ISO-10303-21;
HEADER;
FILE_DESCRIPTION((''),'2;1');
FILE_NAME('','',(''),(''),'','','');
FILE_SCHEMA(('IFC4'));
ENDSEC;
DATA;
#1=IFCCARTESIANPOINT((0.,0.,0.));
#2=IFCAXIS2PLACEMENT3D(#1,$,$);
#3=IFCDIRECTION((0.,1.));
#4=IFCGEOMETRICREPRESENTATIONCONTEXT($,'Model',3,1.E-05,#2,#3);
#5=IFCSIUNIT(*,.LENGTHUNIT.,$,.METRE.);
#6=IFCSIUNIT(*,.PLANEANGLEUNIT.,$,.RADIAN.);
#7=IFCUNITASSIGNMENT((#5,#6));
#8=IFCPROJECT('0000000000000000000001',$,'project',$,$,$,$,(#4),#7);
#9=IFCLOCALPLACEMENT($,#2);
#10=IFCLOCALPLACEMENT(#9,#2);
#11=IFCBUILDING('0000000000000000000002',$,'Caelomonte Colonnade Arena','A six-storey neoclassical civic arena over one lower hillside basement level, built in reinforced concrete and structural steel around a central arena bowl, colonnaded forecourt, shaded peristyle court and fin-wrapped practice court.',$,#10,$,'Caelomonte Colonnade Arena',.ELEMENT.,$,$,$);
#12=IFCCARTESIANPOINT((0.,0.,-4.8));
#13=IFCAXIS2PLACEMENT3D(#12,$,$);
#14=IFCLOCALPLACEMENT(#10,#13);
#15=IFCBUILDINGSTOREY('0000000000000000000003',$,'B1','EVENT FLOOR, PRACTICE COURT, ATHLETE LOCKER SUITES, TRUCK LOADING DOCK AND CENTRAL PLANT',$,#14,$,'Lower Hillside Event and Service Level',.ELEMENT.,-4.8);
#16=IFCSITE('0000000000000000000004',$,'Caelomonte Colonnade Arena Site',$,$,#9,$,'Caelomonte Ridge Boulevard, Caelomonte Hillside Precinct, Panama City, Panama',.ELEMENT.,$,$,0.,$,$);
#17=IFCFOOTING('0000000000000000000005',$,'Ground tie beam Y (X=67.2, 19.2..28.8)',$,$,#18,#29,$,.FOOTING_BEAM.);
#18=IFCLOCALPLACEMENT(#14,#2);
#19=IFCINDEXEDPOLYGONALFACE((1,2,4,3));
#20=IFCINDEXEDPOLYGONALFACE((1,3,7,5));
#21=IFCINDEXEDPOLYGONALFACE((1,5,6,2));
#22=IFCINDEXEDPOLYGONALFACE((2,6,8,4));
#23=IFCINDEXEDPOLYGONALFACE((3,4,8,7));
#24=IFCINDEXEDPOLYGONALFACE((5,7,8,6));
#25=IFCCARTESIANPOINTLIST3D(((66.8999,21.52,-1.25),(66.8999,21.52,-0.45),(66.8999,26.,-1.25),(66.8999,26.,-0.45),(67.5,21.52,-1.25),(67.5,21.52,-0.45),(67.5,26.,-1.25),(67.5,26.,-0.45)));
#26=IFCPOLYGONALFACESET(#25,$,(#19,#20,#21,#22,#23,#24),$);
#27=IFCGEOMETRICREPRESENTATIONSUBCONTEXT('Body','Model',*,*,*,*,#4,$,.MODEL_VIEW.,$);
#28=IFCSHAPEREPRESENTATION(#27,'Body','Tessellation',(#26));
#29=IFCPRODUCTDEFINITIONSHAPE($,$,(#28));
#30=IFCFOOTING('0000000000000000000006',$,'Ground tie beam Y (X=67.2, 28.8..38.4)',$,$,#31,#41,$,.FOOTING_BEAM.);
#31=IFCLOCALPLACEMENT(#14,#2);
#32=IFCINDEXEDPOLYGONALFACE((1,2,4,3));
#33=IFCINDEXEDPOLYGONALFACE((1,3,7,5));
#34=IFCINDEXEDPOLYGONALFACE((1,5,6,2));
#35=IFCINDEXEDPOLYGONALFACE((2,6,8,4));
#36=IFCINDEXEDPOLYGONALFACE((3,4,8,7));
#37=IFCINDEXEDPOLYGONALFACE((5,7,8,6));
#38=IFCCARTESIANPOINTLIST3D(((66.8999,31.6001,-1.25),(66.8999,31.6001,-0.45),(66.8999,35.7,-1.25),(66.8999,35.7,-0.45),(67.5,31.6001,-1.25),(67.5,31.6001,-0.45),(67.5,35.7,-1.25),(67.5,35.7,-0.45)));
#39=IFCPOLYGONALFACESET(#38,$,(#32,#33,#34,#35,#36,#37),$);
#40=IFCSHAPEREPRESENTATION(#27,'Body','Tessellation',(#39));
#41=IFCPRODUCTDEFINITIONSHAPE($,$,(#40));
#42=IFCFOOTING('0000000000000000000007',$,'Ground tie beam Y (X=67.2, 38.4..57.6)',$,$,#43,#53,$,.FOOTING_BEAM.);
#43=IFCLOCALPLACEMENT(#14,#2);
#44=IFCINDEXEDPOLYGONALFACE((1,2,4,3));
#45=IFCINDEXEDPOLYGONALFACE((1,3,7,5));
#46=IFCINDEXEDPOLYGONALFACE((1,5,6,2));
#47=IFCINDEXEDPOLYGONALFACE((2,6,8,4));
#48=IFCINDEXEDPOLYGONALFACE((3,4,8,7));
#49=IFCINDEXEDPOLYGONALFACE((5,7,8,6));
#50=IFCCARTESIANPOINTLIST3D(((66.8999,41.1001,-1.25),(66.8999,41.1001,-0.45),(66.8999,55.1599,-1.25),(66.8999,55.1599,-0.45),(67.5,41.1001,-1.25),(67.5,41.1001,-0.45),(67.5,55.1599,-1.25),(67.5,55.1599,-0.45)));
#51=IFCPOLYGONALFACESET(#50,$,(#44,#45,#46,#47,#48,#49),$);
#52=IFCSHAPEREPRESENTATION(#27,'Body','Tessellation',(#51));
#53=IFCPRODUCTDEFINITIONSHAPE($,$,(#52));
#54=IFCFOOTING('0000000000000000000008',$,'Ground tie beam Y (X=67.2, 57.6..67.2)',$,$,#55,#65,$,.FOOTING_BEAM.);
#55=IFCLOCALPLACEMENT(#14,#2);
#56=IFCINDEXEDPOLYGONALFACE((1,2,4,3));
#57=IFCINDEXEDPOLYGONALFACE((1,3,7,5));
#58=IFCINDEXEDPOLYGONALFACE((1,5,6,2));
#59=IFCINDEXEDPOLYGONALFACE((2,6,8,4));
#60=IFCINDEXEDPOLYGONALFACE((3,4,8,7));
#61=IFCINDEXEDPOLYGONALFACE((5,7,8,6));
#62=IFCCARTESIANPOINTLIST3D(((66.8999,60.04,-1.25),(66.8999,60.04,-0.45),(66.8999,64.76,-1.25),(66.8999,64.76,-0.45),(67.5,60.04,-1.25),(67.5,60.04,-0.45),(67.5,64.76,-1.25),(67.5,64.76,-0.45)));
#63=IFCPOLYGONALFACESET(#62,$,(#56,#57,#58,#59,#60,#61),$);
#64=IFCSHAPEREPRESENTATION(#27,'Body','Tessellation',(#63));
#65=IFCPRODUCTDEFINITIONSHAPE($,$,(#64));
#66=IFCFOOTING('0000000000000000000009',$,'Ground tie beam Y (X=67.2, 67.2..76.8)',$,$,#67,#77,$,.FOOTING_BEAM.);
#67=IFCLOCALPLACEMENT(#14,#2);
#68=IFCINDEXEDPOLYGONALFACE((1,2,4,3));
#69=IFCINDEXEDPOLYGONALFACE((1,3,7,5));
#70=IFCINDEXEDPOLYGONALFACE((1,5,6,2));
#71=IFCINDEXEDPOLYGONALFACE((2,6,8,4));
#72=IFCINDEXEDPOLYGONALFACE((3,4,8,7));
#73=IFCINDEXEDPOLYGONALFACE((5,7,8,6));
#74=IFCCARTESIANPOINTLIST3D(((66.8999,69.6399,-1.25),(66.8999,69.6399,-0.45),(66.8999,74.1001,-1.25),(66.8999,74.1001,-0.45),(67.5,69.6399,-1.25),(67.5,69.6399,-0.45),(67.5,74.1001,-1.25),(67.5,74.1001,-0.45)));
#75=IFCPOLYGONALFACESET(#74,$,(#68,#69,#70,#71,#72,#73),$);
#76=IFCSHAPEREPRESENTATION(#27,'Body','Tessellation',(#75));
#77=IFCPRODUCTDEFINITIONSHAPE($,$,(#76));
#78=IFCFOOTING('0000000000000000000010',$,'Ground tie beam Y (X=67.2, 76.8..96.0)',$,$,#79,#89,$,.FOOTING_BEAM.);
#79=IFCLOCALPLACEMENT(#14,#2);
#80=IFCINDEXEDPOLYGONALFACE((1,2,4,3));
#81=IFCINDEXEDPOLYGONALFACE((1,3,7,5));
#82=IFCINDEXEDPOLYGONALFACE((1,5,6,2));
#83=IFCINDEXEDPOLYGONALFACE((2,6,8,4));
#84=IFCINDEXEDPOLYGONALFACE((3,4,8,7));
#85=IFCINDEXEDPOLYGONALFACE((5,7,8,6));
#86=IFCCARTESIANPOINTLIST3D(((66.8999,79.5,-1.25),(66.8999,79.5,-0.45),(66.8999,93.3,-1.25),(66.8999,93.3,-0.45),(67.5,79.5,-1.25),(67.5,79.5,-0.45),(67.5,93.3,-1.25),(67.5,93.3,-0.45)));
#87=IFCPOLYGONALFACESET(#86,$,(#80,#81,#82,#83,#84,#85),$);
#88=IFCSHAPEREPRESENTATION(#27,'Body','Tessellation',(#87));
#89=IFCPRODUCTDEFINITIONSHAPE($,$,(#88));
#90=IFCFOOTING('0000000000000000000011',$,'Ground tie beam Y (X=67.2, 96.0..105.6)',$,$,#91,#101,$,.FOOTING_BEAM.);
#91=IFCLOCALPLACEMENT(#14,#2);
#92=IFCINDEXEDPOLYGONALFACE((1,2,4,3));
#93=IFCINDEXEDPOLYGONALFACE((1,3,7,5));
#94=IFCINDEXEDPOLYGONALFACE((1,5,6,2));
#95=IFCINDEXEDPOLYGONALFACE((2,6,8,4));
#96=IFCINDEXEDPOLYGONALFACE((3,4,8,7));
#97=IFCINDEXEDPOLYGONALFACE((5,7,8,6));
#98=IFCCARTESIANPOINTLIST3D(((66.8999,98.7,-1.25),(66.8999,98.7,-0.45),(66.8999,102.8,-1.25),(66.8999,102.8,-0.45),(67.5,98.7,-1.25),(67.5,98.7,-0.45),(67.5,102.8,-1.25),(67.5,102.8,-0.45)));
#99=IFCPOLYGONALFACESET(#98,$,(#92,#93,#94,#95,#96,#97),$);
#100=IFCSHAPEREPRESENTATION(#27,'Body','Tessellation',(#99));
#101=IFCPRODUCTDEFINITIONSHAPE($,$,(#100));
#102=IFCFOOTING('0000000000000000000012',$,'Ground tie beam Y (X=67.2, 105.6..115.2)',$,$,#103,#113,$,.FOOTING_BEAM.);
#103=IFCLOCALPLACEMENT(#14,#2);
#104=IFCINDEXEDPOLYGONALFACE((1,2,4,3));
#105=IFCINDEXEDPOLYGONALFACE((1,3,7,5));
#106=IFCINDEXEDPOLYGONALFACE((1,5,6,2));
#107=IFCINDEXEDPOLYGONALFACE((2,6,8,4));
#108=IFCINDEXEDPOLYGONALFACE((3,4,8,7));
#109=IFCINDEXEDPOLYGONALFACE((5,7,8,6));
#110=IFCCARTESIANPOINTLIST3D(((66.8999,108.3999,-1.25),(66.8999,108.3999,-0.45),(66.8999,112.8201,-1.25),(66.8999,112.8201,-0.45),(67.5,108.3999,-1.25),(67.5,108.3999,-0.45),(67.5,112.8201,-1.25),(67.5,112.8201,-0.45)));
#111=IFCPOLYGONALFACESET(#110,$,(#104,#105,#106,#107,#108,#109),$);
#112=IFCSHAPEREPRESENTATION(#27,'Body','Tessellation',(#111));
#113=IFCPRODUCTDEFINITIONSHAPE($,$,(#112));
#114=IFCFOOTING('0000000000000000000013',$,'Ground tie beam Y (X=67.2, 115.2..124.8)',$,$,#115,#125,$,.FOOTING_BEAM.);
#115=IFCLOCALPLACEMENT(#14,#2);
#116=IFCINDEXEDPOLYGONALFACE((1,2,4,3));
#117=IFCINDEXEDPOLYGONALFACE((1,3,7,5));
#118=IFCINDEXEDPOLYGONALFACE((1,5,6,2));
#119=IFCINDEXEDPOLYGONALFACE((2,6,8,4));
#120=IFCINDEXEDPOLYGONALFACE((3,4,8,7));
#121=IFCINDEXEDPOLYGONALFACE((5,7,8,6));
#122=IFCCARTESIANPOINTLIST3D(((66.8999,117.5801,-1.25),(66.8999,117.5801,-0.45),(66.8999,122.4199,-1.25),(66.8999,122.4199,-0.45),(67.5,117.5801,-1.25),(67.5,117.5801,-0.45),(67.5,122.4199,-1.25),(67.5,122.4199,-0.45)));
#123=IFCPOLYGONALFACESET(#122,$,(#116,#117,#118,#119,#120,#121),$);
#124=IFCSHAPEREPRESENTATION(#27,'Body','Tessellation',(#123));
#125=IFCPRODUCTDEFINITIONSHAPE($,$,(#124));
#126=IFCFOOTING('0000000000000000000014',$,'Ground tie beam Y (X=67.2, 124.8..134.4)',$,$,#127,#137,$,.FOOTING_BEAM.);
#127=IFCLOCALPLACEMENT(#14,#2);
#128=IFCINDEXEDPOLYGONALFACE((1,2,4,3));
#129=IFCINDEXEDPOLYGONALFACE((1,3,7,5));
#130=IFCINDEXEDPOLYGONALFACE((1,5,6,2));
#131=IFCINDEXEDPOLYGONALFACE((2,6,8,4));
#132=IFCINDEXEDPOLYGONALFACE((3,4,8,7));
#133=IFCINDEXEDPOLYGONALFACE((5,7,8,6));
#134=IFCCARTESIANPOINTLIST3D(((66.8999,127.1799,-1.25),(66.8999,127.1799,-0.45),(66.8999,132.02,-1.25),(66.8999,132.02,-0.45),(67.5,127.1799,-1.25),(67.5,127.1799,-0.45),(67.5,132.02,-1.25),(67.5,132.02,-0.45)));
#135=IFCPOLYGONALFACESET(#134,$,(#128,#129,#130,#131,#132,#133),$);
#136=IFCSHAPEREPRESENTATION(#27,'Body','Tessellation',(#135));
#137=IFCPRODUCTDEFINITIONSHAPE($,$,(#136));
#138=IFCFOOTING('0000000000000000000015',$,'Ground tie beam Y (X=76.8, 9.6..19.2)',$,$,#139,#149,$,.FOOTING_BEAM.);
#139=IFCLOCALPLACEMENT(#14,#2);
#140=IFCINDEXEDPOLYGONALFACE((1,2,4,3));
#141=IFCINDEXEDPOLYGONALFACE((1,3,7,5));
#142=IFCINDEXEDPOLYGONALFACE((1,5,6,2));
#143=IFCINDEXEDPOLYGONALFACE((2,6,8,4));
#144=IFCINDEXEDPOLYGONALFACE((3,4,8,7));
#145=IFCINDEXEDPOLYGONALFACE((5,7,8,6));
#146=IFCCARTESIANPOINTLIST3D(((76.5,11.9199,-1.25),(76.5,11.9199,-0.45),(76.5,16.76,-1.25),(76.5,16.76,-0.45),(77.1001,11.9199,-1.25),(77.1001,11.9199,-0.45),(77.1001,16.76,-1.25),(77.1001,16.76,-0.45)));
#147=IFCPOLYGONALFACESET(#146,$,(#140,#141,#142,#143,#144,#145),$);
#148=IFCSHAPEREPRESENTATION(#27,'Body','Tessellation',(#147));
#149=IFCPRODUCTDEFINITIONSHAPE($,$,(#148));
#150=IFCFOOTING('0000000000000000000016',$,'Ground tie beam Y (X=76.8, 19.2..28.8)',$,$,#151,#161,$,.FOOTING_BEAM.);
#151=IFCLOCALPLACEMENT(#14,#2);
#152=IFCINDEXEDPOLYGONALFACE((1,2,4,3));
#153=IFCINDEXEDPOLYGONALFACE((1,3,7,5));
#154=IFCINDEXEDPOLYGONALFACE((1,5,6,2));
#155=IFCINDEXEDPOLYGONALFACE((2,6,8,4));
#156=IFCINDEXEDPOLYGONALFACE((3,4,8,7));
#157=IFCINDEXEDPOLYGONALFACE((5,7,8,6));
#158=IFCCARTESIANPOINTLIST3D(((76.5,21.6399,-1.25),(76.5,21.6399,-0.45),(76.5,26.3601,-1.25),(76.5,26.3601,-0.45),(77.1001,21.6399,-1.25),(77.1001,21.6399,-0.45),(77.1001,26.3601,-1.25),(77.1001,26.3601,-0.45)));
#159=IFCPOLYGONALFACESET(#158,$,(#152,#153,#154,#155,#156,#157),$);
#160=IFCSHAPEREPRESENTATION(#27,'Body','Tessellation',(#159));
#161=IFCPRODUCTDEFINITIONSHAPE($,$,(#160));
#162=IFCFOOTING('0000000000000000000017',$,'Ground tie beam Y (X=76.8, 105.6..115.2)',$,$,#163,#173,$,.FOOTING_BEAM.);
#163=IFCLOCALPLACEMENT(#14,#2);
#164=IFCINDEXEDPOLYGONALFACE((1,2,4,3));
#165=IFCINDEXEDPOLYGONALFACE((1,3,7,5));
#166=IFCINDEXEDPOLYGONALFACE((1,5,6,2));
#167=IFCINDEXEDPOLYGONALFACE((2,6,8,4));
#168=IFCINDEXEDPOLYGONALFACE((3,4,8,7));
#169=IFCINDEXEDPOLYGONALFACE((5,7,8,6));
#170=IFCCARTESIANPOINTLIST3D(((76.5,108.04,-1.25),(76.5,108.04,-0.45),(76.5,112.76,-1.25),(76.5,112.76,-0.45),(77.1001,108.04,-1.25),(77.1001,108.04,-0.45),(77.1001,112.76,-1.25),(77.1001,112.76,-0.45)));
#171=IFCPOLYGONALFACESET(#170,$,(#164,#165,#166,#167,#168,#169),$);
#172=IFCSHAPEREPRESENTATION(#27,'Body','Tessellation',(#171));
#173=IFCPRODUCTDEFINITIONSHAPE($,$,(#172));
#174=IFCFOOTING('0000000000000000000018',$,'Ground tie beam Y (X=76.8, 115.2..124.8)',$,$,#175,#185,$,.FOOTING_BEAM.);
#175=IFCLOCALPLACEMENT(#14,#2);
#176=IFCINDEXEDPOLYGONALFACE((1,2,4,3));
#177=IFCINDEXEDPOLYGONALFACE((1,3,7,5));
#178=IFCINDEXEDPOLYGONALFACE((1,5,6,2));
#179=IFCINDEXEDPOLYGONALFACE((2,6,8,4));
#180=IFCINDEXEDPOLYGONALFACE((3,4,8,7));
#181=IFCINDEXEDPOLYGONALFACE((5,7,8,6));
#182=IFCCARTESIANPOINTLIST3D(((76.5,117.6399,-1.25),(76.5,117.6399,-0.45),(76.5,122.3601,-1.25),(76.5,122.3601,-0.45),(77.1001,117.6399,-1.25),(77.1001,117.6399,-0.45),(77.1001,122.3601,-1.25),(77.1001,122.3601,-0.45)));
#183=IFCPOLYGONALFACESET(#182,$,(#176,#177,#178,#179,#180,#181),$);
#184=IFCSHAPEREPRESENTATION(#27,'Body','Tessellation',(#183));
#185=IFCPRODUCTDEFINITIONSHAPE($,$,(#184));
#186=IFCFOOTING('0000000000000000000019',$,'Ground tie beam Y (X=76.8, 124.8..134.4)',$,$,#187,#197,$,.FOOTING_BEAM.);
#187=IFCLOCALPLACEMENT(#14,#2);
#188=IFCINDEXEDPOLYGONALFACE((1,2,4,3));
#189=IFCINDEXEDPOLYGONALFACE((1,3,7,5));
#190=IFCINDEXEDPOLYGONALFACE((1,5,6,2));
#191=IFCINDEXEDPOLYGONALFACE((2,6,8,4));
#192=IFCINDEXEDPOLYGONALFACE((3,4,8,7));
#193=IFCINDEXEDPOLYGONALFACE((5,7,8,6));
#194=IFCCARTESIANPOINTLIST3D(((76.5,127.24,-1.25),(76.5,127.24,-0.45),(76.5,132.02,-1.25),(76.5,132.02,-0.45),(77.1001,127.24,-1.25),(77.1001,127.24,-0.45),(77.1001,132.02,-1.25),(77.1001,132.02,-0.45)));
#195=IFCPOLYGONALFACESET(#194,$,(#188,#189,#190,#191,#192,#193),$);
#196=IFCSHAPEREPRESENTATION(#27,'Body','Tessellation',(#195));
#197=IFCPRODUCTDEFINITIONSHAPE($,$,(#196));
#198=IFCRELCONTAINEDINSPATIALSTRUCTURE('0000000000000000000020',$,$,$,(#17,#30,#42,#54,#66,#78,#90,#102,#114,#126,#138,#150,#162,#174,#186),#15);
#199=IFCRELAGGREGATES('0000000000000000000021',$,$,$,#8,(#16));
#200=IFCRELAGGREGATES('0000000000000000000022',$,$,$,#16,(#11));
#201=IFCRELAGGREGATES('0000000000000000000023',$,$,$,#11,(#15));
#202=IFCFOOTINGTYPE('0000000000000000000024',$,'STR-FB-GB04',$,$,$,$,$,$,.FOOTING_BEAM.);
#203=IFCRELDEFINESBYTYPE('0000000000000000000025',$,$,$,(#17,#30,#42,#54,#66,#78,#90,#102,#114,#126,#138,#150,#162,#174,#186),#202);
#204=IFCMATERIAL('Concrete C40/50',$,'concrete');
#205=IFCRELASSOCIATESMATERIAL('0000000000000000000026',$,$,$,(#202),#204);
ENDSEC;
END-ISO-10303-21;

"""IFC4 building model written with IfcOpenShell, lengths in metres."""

from ifc_helpers import new_model, si_unit, direction, frame, origin, place, context, subcontext, project, spatial, polyline, outline, extrude, material, type_object, element, save


model = new_model("IFC4")

# Units and contexts
model_context = context("Model", 3, precision=1e-05, world=origin(), true_north=direction((0.0, 1.0)))
body_context = subcontext(model_context, "Body", "Model", "MODEL_VIEW")
ifc_project = project(units=[si_unit("LENGTHUNIT", "METRE"), si_unit("PLANEANGLEUNIT", "RADIAN")], contexts=[model_context])

# Site, building, storey
site_placement = place(None, origin())
site = spatial("IfcSite", under=ifc_project, at=site_placement, Name="Caelomonte Colonnade Arena Site", LongName="Caelomonte Ridge Boulevard, Caelomonte Hillside Precinct, Panama City, Panama", CompositionType="ELEMENT", RefElevation=0.0)
building_placement = place(site_placement, origin())
building = spatial("IfcBuilding", under=site, at=building_placement, Name="Caelomonte Colonnade Arena", Description="A six-storey neoclassical civic arena over one lower hillside basement level, built in reinforced concrete and structural steel around a central arena bowl, colonnaded forecourt, shaded peristyle court and fin-wrapped practice court.", LongName="Caelomonte Colonnade Arena", CompositionType="ELEMENT")
storey_placement = place(building_placement, frame((0.0, 0.0, -4.8)))
storey = spatial("IfcBuildingStorey", under=building, at=storey_placement, Name="B1", Description="EVENT FLOOR, PRACTICE COURT, ATHLETE LOCKER SUITES, TRUCK LOADING DOCK AND CENTRAL PLANT", LongName="Lower Hillside Event and Service Level", CompositionType="ELEMENT", Elevation=-4.8)

# Footings
ifc_material = material(Name="Concrete C40/50", Category="concrete")
footing_type = type_object("IfcFootingType", Name="STR-FB-GB04", PredefinedType="FOOTING_BEAM", material=ifc_material)
footing_1_placement = place(storey_placement, frame((0.0, 0.0, -1.25)))
element("IfcFooting", 1, at=footing_1_placement, inside=storey, type_object=footing_type, Name="Ground tie beam Y (X=67.2, 19.2..28.8)", PredefinedType="FOOTING_BEAM", context=body_context, shape_type="SweptSolid", body=[
    extrude(outline(polyline([(66.8999, 21.52), (67.5, 21.52), (67.5, 26.0), (66.8999, 26.0), (66.8999, 21.52)])), origin(), (0.0, 0.0, 1.0), 0.8),
])
footing_2_placement = place(storey_placement, frame((0.0, 0.0, -1.25)))
element("IfcFooting", 2, at=footing_2_placement, inside=storey, type_object=footing_type, Name="Ground tie beam Y (X=67.2, 28.8..38.4)", PredefinedType="FOOTING_BEAM", context=body_context, shape_type="SweptSolid", body=[
    extrude(outline(polyline([(66.8999, 31.6001), (67.5, 31.6001), (67.5, 35.7), (66.8999, 35.7), (66.8999, 31.6001)])), origin(), (0.0, 0.0, 1.0), 0.8),
])
footing_3_placement = place(storey_placement, frame((0.0, 0.0, -1.25)))
element("IfcFooting", 3, at=footing_3_placement, inside=storey, type_object=footing_type, Name="Ground tie beam Y (X=67.2, 38.4..57.6)", PredefinedType="FOOTING_BEAM", context=body_context, shape_type="SweptSolid", body=[
    extrude(outline(polyline([(66.8999, 41.1001), (67.5, 41.1001), (67.5, 55.1599), (66.8999, 55.1599), (66.8999, 41.1001)])), origin(), (0.0, 0.0, 1.0), 0.8),
])
footing_4_placement = place(storey_placement, frame((0.0, 0.0, -1.25)))
element("IfcFooting", 4, at=footing_4_placement, inside=storey, type_object=footing_type, Name="Ground tie beam Y (X=67.2, 57.6..67.2)", PredefinedType="FOOTING_BEAM", context=body_context, shape_type="SweptSolid", body=[
    extrude(outline(polyline([(66.8999, 60.04), (67.5, 60.04), (67.5, 64.76), (66.8999, 64.76), (66.8999, 60.04)])), origin(), (0.0, 0.0, 1.0), 0.8),
])
footing_5_placement = place(storey_placement, frame((0.0, 0.0, -1.25)))
element("IfcFooting", 5, at=footing_5_placement, inside=storey, type_object=footing_type, Name="Ground tie beam Y (X=67.2, 67.2..76.8)", PredefinedType="FOOTING_BEAM", context=body_context, shape_type="SweptSolid", body=[
    extrude(outline(polyline([(66.8999, 69.6399), (67.5, 69.6399), (67.5, 74.1001), (66.8999, 74.1001), (66.8999, 69.6399)])), origin(), (0.0, 0.0, 1.0), 0.8),
])
footing_6_placement = place(storey_placement, frame((0.0, 0.0, -1.25)))
element("IfcFooting", 6, at=footing_6_placement, inside=storey, type_object=footing_type, Name="Ground tie beam Y (X=67.2, 76.8..96.0)", PredefinedType="FOOTING_BEAM", context=body_context, shape_type="SweptSolid", body=[
    extrude(outline(polyline([(66.8999, 79.5), (67.5, 79.5), (67.5, 93.3), (66.8999, 93.3), (66.8999, 79.5)])), origin(), (0.0, 0.0, 1.0), 0.8),
])
footing_7_placement = place(storey_placement, frame((0.0, 0.0, -1.25)))
element("IfcFooting", 7, at=footing_7_placement, inside=storey, type_object=footing_type, Name="Ground tie beam Y (X=67.2, 96.0..105.6)", PredefinedType="FOOTING_BEAM", context=body_context, shape_type="SweptSolid", body=[
    extrude(outline(polyline([(66.8999, 98.7), (67.5, 98.7), (67.5, 102.8), (66.8999, 102.8), (66.8999, 98.7)])), origin(), (0.0, 0.0, 1.0), 0.8),
])
footing_8_placement = place(storey_placement, frame((0.0, 0.0, -1.25)))
element("IfcFooting", 8, at=footing_8_placement, inside=storey, type_object=footing_type, Name="Ground tie beam Y (X=67.2, 105.6..115.2)", PredefinedType="FOOTING_BEAM", context=body_context, shape_type="SweptSolid", body=[
    extrude(outline(polyline([(66.8999, 108.3999), (67.5, 108.3999), (67.5, 112.8201), (66.8999, 112.8201), (66.8999, 108.3999)])), origin(), (0.0, 0.0, 1.0), 0.8),
])
footing_9_placement = place(storey_placement, frame((0.0, 0.0, -1.25)))
element("IfcFooting", 9, at=footing_9_placement, inside=storey, type_object=footing_type, Name="Ground tie beam Y (X=67.2, 115.2..124.8)", PredefinedType="FOOTING_BEAM", context=body_context, shape_type="SweptSolid", body=[
    extrude(outline(polyline([(66.8999, 117.5801), (67.5, 117.5801), (67.5, 122.4199), (66.8999, 122.4199), (66.8999, 117.5801)])), origin(), (0.0, 0.0, 1.0), 0.8),
])
footing_10_placement = place(storey_placement, frame((0.0, 0.0, -1.25)))
element("IfcFooting", 10, at=footing_10_placement, inside=storey, type_object=footing_type, Name="Ground tie beam Y (X=67.2, 124.8..134.4)", PredefinedType="FOOTING_BEAM", context=body_context, shape_type="SweptSolid", body=[
    extrude(outline(polyline([(66.8999, 127.1799), (67.5, 127.1799), (67.5, 132.02), (66.8999, 132.02), (66.8999, 127.1799)])), origin(), (0.0, 0.0, 1.0), 0.8),
])
footing_11_placement = place(storey_placement, frame((0.0, 0.0, -1.25)))
element("IfcFooting", 11, at=footing_11_placement, inside=storey, type_object=footing_type, Name="Ground tie beam Y (X=76.8, 9.6..19.2)", PredefinedType="FOOTING_BEAM", context=body_context, shape_type="SweptSolid", body=[
    extrude(outline(polyline([(76.5, 11.9199), (77.1001, 11.9199), (77.1001, 16.76), (76.5, 16.76), (76.5, 11.9199)])), origin(), (0.0, 0.0, 1.0), 0.8),
])
footing_12_placement = place(storey_placement, frame((0.0, 0.0, -1.25)))
element("IfcFooting", 12, at=footing_12_placement, inside=storey, type_object=footing_type, Name="Ground tie beam Y (X=76.8, 19.2..28.8)", PredefinedType="FOOTING_BEAM", context=body_context, shape_type="SweptSolid", body=[
    extrude(outline(polyline([(76.5, 21.6399), (77.1001, 21.6399), (77.1001, 26.3601), (76.5, 26.3601), (76.5, 21.6399)])), origin(), (0.0, 0.0, 1.0), 0.8),
])
footing_13_placement = place(storey_placement, frame((0.0, 0.0, -1.25)))
element("IfcFooting", 13, at=footing_13_placement, inside=storey, type_object=footing_type, Name="Ground tie beam Y (X=76.8, 105.6..115.2)", PredefinedType="FOOTING_BEAM", context=body_context, shape_type="SweptSolid", body=[
    extrude(outline(polyline([(76.5, 108.04), (77.1001, 108.04), (77.1001, 112.76), (76.5, 112.76), (76.5, 108.04)])), origin(), (0.0, 0.0, 1.0), 0.8),
])
footing_14_placement = place(storey_placement, frame((0.0, 0.0, -1.25)))
element("IfcFooting", 14, at=footing_14_placement, inside=storey, type_object=footing_type, Name="Ground tie beam Y (X=76.8, 115.2..124.8)", PredefinedType="FOOTING_BEAM", context=body_context, shape_type="SweptSolid", body=[
    extrude(outline(polyline([(76.5, 117.6399), (77.1001, 117.6399), (77.1001, 122.3601), (76.5, 122.3601), (76.5, 117.6399)])), origin(), (0.0, 0.0, 1.0), 0.8),
])
footing_15_placement = place(storey_placement, frame((0.0, 0.0, -1.25)))
element("IfcFooting", 15, at=footing_15_placement, inside=storey, type_object=footing_type, Name="Ground tie beam Y (X=76.8, 124.8..134.4)", PredefinedType="FOOTING_BEAM", context=body_context, shape_type="SweptSolid", body=[
    extrude(outline(polyline([(76.5, 127.24), (77.1001, 127.24), (77.1001, 132.02), (76.5, 132.02), (76.5, 127.24)])), origin(), (0.0, 0.0, 1.0), 0.8),
])

save(model, "model.ifc")
